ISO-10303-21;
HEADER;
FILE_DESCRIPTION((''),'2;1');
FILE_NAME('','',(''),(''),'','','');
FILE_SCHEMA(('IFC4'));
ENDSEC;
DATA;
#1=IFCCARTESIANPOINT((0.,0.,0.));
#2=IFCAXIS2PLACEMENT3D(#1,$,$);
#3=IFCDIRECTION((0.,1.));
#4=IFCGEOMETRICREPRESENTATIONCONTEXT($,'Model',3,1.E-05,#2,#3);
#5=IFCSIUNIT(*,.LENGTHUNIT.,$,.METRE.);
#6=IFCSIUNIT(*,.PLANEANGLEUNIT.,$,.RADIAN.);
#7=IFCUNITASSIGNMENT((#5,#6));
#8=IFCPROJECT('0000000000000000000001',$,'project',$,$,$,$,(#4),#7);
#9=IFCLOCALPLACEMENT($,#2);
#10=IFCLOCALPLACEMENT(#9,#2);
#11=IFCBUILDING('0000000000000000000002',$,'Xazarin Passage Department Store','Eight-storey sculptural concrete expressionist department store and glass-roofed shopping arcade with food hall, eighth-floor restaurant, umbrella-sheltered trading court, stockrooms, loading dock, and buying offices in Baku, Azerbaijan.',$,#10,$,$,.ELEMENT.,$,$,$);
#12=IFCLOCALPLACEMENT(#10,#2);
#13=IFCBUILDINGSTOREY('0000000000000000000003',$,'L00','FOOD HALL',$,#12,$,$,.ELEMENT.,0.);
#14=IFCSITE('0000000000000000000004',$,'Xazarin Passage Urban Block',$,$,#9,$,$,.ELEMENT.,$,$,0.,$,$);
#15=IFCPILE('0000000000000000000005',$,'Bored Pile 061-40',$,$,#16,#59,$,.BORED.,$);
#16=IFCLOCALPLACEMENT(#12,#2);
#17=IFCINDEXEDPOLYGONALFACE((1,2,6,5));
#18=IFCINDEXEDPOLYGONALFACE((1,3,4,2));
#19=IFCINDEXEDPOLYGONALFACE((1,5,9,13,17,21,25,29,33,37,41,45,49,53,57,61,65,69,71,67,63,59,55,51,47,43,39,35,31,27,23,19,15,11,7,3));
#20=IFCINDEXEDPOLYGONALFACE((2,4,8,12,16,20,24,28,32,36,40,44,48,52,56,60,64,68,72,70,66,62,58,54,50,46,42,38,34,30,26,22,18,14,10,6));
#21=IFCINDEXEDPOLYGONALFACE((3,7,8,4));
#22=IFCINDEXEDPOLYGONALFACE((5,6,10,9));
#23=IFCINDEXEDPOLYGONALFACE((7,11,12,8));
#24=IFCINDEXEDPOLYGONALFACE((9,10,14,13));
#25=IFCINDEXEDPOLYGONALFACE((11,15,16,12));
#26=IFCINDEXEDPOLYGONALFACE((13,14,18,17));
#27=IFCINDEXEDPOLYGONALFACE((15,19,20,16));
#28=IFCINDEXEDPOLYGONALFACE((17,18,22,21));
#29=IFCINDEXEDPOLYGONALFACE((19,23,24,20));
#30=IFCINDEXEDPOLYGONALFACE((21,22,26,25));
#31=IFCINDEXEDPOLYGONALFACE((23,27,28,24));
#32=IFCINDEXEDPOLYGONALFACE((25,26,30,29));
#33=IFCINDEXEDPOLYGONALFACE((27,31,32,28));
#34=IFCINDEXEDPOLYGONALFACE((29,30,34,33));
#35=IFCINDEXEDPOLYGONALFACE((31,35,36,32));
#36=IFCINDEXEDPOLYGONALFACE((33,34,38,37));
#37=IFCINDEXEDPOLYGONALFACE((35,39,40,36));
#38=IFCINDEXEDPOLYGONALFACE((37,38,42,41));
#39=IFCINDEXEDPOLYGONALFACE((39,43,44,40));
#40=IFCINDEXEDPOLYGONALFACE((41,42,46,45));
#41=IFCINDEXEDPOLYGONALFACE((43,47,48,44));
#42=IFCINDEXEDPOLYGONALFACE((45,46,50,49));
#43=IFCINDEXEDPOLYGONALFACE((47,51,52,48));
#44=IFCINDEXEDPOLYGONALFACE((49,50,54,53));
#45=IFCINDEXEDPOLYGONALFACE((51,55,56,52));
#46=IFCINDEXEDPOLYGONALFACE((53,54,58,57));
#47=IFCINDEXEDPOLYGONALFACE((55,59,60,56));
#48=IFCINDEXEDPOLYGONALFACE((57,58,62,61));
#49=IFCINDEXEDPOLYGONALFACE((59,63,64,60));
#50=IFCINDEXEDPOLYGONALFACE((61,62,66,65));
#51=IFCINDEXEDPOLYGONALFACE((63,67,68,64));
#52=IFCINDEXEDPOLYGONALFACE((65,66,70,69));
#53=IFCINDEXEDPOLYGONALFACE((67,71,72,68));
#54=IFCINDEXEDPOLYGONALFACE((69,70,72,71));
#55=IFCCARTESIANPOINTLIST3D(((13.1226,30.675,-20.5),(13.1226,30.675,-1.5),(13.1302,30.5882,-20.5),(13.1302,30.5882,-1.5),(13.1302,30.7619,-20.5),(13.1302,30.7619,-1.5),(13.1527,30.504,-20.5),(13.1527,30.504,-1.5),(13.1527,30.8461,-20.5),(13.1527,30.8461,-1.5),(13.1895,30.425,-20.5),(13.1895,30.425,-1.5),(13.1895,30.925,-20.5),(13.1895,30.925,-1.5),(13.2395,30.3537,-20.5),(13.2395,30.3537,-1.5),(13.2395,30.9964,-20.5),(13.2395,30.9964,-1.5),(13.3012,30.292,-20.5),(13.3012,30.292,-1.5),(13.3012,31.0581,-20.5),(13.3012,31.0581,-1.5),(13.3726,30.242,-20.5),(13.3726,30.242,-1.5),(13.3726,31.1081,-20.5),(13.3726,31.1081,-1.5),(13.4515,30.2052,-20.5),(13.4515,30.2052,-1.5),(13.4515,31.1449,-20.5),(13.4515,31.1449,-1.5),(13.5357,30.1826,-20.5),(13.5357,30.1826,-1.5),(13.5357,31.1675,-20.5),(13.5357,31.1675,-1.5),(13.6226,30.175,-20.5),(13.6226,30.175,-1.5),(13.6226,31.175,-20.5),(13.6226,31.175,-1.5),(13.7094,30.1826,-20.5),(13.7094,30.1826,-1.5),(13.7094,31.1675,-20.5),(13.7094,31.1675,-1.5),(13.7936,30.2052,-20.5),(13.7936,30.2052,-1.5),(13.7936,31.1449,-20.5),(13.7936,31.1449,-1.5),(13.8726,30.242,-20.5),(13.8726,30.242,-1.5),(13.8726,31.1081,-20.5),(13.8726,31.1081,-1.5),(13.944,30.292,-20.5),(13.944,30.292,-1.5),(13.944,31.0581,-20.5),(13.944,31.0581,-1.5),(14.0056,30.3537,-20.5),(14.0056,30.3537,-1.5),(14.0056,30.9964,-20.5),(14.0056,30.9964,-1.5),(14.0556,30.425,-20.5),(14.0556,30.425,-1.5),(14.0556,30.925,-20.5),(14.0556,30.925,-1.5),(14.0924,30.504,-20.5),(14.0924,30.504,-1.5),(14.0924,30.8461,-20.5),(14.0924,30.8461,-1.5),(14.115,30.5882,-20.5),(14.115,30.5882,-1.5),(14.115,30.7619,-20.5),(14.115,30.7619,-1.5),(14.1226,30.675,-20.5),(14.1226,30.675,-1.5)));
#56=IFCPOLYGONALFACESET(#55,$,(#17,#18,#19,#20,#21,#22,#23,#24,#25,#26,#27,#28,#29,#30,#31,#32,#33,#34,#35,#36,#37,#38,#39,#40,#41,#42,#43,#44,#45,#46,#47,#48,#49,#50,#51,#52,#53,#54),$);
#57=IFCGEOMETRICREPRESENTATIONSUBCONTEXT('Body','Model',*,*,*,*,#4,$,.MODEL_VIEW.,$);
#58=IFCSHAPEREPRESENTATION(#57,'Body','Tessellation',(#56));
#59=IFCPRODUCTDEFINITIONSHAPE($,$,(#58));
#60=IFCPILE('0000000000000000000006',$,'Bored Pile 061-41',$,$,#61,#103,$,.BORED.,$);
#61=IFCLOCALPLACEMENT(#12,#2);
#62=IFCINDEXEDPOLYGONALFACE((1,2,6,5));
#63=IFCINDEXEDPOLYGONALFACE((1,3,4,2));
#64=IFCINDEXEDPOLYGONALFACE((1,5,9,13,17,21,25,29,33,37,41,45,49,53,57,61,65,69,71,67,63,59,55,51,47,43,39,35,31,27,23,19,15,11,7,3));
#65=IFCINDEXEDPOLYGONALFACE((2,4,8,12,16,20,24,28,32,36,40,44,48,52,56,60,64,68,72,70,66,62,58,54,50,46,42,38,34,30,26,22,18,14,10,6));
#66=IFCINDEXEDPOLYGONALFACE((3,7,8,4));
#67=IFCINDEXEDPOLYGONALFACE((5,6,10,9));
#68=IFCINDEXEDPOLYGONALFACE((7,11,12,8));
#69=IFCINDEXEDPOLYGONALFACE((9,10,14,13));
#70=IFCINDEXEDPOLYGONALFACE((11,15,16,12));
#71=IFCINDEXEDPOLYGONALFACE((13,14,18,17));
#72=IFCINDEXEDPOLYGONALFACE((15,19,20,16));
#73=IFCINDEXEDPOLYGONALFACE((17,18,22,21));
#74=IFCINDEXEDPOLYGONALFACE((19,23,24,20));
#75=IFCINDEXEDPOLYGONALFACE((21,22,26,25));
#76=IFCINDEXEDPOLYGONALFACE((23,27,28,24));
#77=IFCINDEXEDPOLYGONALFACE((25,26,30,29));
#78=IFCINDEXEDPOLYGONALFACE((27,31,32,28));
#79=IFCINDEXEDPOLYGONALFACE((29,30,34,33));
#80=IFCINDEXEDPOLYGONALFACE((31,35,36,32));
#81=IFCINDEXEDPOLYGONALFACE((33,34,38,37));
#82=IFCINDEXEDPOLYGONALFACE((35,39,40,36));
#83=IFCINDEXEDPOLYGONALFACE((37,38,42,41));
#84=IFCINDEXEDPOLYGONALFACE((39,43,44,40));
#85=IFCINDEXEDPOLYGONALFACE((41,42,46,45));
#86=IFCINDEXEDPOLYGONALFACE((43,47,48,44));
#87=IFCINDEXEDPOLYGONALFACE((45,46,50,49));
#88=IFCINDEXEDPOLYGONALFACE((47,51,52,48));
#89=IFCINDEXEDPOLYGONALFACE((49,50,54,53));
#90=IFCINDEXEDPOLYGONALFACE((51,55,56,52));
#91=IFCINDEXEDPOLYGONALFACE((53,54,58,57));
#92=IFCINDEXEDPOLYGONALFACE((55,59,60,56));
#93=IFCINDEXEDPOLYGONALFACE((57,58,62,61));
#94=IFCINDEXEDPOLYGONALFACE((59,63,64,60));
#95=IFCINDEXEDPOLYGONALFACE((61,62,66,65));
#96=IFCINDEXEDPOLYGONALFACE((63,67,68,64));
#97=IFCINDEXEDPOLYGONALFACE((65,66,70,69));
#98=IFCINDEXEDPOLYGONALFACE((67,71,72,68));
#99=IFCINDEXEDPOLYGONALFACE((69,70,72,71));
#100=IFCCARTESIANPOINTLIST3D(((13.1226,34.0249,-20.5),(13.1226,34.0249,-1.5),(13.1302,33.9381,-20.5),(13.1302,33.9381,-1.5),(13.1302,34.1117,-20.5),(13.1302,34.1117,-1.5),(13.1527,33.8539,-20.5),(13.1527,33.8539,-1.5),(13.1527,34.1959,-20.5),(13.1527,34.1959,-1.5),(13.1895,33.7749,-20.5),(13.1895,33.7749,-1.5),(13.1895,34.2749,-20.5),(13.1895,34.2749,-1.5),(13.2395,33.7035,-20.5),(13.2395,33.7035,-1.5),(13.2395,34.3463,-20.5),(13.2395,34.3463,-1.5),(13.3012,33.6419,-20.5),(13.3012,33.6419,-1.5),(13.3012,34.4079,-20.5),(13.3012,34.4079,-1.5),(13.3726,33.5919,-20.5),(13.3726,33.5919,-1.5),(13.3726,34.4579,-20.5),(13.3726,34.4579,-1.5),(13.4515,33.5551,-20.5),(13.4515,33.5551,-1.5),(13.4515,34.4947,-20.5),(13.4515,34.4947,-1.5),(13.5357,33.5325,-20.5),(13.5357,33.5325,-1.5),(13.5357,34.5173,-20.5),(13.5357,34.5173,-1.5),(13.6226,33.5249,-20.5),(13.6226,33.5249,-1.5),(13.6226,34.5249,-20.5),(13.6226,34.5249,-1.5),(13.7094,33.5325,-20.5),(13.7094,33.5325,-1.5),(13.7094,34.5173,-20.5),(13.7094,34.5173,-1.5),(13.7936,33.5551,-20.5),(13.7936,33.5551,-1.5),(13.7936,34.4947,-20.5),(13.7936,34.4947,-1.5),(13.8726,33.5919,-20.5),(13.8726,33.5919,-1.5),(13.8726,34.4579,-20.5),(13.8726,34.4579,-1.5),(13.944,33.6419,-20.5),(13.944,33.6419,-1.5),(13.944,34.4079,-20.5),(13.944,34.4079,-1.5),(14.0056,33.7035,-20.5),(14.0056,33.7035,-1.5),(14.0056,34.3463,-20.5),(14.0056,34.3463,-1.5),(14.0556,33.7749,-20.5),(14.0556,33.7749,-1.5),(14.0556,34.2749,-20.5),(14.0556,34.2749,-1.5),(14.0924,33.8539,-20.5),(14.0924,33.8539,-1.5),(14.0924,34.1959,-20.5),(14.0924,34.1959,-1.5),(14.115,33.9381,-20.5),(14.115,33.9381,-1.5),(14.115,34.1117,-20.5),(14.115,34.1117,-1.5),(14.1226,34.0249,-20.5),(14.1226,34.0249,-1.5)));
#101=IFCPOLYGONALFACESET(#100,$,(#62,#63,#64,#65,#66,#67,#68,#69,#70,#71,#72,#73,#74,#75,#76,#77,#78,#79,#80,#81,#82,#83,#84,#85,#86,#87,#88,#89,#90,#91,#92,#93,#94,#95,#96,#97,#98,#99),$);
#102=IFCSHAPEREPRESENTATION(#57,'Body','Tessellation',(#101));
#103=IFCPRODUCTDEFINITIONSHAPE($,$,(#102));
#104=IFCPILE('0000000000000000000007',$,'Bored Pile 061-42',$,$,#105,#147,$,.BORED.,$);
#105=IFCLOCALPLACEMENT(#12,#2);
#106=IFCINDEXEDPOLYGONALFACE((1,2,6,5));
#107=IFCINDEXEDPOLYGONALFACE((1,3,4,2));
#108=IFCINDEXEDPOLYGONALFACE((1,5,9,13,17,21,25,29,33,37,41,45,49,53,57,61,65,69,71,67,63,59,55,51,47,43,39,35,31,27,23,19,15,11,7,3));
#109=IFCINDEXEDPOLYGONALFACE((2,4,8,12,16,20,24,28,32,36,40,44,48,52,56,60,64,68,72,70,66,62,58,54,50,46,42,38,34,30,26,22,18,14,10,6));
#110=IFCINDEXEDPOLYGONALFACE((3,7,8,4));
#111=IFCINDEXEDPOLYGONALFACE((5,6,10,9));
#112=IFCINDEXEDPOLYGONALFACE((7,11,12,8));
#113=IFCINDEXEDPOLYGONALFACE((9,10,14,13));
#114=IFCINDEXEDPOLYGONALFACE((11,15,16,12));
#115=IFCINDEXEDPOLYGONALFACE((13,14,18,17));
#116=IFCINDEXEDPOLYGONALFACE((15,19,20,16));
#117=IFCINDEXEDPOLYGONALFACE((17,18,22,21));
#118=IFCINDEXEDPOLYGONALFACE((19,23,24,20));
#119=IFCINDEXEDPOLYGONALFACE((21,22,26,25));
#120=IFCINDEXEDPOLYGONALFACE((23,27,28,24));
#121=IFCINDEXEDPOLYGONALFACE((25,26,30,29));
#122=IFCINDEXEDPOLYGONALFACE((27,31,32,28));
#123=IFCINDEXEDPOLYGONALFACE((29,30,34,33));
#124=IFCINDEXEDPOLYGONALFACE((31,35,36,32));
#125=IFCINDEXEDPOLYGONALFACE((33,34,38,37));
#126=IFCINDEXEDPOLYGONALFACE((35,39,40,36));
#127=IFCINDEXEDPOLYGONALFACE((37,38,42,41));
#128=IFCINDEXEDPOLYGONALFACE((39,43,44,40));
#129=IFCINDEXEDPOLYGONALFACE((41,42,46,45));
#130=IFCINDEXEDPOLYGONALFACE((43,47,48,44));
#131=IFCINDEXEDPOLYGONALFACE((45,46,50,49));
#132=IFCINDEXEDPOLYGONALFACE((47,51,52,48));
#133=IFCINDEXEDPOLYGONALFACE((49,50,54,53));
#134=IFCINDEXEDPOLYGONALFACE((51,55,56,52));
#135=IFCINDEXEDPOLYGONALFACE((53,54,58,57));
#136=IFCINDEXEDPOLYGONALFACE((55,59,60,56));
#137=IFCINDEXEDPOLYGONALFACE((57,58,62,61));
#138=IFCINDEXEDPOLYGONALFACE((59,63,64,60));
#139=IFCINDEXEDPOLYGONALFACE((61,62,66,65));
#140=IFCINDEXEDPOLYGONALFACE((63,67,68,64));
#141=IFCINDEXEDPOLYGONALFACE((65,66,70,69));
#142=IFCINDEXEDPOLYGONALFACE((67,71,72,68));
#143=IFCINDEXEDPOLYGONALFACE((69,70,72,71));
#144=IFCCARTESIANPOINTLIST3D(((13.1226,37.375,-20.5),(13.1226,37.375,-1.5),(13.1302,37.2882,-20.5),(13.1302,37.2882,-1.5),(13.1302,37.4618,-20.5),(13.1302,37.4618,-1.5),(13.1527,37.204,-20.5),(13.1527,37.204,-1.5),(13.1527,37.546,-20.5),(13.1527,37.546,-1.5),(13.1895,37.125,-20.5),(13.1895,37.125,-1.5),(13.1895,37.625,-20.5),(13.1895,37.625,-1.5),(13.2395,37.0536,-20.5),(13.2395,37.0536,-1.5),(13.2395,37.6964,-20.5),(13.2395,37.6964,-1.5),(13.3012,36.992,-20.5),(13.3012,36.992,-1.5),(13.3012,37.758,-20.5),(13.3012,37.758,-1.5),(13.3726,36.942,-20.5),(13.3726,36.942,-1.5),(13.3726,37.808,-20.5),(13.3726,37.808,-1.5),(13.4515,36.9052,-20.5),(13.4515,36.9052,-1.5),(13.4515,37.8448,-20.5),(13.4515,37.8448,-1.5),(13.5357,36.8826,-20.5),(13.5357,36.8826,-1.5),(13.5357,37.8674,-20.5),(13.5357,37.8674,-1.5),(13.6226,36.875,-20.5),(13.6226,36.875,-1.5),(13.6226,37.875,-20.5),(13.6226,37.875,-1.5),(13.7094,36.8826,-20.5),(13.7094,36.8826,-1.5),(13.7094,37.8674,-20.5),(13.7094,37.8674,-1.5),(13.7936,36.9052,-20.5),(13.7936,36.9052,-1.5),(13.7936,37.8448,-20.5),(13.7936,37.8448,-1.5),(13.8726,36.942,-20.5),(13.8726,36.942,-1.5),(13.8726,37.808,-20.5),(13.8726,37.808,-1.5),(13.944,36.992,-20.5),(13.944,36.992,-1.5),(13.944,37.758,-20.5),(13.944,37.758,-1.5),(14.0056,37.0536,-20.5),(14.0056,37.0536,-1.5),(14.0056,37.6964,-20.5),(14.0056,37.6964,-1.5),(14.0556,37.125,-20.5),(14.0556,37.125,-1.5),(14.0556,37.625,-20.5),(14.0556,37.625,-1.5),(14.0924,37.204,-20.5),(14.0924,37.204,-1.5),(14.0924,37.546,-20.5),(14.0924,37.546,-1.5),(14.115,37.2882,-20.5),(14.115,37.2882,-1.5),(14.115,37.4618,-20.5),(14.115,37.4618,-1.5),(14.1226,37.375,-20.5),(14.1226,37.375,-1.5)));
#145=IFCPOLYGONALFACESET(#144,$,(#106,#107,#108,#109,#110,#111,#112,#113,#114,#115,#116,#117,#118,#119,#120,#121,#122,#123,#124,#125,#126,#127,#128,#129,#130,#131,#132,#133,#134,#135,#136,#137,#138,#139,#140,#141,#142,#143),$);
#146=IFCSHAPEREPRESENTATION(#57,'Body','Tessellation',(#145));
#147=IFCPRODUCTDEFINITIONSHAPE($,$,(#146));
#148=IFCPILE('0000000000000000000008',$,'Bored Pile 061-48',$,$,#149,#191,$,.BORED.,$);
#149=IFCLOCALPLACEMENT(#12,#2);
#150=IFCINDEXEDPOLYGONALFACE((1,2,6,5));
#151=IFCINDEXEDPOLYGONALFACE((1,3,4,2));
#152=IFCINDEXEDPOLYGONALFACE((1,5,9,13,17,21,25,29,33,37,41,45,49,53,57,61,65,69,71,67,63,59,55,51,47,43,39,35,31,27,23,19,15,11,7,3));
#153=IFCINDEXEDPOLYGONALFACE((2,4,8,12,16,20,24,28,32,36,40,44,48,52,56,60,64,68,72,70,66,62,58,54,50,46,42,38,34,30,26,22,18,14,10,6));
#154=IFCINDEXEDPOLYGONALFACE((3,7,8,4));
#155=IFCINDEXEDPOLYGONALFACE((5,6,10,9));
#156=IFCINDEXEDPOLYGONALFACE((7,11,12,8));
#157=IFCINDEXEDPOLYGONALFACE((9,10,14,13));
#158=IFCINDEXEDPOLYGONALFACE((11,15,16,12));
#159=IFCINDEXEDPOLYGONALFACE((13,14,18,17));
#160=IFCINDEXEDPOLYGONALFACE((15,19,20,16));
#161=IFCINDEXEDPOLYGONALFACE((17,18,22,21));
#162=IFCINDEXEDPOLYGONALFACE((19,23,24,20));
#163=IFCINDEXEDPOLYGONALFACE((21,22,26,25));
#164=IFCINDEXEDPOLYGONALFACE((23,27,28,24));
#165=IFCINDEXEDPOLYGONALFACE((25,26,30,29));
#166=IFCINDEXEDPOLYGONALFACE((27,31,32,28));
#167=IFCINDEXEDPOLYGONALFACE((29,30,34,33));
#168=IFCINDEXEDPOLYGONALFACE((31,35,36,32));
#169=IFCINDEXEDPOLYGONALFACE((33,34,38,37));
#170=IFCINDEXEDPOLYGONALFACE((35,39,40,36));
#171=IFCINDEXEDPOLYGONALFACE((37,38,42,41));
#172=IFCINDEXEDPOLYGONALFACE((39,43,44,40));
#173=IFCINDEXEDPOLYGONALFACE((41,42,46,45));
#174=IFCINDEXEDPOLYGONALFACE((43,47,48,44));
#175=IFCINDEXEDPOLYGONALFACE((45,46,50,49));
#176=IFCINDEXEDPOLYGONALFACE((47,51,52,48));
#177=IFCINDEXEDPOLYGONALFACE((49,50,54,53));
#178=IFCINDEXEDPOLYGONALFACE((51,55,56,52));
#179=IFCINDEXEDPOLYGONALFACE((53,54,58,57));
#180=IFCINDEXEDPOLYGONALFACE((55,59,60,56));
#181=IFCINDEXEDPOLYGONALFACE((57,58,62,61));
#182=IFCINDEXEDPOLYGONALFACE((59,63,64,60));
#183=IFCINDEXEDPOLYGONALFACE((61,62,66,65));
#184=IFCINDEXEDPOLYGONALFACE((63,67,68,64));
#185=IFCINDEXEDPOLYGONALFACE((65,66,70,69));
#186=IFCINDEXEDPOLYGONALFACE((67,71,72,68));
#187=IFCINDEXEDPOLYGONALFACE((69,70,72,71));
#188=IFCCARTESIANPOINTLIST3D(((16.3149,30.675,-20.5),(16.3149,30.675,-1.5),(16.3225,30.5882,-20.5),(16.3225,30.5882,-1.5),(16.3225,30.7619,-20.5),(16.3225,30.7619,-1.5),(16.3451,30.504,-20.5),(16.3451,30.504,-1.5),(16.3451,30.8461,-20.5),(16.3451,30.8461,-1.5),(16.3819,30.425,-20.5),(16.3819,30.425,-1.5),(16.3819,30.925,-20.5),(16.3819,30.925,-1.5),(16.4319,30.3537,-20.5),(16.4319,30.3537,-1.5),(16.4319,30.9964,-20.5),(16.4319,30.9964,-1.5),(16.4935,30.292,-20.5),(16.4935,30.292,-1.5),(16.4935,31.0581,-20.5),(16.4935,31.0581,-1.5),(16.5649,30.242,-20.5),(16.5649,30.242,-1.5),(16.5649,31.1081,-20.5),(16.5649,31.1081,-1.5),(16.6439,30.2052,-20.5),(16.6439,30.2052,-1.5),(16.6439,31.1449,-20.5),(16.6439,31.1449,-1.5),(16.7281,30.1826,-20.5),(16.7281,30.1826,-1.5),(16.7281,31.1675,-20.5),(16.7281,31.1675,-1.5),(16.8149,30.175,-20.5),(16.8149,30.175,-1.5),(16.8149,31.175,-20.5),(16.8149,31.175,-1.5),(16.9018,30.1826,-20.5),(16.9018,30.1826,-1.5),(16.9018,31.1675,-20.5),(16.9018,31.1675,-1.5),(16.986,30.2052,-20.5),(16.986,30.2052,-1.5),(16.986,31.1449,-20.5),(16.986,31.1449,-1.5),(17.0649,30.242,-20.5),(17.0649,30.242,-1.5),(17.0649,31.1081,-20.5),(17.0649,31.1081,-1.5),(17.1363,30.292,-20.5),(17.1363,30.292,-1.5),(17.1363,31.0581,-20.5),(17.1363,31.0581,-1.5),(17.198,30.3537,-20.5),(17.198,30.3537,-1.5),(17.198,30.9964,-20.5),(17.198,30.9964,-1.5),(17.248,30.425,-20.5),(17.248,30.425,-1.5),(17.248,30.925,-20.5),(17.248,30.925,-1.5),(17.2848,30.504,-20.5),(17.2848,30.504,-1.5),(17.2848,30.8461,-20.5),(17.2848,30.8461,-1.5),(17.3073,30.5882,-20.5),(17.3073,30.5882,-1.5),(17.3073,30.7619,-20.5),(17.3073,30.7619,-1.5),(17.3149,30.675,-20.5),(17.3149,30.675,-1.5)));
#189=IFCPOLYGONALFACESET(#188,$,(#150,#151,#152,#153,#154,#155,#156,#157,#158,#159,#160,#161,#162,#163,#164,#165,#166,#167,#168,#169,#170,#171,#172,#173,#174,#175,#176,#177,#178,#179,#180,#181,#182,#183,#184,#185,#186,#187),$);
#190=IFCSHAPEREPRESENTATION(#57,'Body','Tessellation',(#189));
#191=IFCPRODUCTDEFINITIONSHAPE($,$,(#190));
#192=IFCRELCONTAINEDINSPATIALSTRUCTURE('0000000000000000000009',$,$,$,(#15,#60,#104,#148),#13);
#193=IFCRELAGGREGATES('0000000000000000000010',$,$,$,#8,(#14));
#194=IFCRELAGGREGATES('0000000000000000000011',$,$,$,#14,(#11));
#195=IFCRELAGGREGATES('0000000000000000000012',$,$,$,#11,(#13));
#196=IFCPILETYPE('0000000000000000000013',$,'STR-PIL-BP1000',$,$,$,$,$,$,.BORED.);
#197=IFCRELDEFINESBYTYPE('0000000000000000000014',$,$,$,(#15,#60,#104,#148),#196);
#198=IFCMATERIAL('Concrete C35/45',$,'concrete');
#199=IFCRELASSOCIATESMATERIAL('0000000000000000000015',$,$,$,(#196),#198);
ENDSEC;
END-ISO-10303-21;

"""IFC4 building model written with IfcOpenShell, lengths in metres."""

from ifc_helpers import new_model, si_unit, direction, frame, origin, origin_2d, place, context, subcontext, project, spatial, circle, extrude, material, material_profile, profile_set, type_object, element, save


model = new_model("IFC4")

# Units and contexts
model_context = context("Model", 3, precision=1e-05, world=origin(), true_north=direction((0.0, 1.0)))
body_context = subcontext(model_context, "Body", "Model", "MODEL_VIEW")
ifc_project = project(units=[si_unit("LENGTHUNIT", "METRE"), si_unit("PLANEANGLEUNIT", "RADIAN")], contexts=[model_context])

# Site, building, storey
site_placement = place(None, origin())
site = spatial("IfcSite", under=ifc_project, at=site_placement, Name="Xazarin Passage Urban Block", CompositionType="ELEMENT", RefElevation=0.0)
building_placement = place(site_placement, origin())
building = spatial("IfcBuilding", under=site, at=building_placement, Name="Xazarin Passage Department Store", Description="Eight-storey sculptural concrete expressionist department store and glass-roofed shopping arcade with food hall, eighth-floor restaurant, umbrella-sheltered trading court, stockrooms, loading dock, and buying offices in Baku, Azerbaijan.", CompositionType="ELEMENT")
storey_placement = place(building_placement, origin())
storey = spatial("IfcBuildingStorey", under=building, at=storey_placement, Name="L00", Description="FOOD HALL", CompositionType="ELEMENT", Elevation=0.0)

# Piles
ifc_material_1 = material(Name="Concrete C35/45", Category="concrete")
ifc_material_profile_1 = material_profile(ifc_material_1, circle(Radius=0.5, at=origin_2d()), Name="BP 1000")
ifc_profile_set_1 = profile_set([ifc_material_profile_1], Name="Concrete C35/45")
pile_type_1 = type_object("IfcPileType", Name="STR-PIL-BP1000", PredefinedType="BORED", material=ifc_profile_set_1)
for number, where, z_axis, x_axis, name in (
    (1, (13.6226, 30.675, -1.5), (0.0, 0.0, -1.0), (1.0, 0.0, 0.0), "Bored Pile 061-40"),
    (2, (13.6226, 34.0249, -1.5), (0.0, 0.0, -1.0), (1.0, 0.0, 0.0), "Bored Pile 061-41"),
    (3, (13.6226, 37.375, -1.5), (0.0, 0.0, -1.0), (1.0, 0.0, 0.0), "Bored Pile 061-42"),
    (4, (16.8149, 30.675, -1.5), (0.0, 0.0, -1.0), (1.0, 0.0, 0.0), "Bored Pile 061-48"),
):
    element("IfcPile", number, at=place(storey_placement, frame(where, z_axis=z_axis, x_axis=x_axis)), inside=storey, type_object=pile_type_1, Name=name, PredefinedType="BORED", context=body_context, shape_type="SweptSolid", body=[
        extrude(circle(Radius=0.5, at=origin_2d()), origin(), (0.0, 0.0, 1.0), 19.0),
    ])

save(model, "model.ifc")
